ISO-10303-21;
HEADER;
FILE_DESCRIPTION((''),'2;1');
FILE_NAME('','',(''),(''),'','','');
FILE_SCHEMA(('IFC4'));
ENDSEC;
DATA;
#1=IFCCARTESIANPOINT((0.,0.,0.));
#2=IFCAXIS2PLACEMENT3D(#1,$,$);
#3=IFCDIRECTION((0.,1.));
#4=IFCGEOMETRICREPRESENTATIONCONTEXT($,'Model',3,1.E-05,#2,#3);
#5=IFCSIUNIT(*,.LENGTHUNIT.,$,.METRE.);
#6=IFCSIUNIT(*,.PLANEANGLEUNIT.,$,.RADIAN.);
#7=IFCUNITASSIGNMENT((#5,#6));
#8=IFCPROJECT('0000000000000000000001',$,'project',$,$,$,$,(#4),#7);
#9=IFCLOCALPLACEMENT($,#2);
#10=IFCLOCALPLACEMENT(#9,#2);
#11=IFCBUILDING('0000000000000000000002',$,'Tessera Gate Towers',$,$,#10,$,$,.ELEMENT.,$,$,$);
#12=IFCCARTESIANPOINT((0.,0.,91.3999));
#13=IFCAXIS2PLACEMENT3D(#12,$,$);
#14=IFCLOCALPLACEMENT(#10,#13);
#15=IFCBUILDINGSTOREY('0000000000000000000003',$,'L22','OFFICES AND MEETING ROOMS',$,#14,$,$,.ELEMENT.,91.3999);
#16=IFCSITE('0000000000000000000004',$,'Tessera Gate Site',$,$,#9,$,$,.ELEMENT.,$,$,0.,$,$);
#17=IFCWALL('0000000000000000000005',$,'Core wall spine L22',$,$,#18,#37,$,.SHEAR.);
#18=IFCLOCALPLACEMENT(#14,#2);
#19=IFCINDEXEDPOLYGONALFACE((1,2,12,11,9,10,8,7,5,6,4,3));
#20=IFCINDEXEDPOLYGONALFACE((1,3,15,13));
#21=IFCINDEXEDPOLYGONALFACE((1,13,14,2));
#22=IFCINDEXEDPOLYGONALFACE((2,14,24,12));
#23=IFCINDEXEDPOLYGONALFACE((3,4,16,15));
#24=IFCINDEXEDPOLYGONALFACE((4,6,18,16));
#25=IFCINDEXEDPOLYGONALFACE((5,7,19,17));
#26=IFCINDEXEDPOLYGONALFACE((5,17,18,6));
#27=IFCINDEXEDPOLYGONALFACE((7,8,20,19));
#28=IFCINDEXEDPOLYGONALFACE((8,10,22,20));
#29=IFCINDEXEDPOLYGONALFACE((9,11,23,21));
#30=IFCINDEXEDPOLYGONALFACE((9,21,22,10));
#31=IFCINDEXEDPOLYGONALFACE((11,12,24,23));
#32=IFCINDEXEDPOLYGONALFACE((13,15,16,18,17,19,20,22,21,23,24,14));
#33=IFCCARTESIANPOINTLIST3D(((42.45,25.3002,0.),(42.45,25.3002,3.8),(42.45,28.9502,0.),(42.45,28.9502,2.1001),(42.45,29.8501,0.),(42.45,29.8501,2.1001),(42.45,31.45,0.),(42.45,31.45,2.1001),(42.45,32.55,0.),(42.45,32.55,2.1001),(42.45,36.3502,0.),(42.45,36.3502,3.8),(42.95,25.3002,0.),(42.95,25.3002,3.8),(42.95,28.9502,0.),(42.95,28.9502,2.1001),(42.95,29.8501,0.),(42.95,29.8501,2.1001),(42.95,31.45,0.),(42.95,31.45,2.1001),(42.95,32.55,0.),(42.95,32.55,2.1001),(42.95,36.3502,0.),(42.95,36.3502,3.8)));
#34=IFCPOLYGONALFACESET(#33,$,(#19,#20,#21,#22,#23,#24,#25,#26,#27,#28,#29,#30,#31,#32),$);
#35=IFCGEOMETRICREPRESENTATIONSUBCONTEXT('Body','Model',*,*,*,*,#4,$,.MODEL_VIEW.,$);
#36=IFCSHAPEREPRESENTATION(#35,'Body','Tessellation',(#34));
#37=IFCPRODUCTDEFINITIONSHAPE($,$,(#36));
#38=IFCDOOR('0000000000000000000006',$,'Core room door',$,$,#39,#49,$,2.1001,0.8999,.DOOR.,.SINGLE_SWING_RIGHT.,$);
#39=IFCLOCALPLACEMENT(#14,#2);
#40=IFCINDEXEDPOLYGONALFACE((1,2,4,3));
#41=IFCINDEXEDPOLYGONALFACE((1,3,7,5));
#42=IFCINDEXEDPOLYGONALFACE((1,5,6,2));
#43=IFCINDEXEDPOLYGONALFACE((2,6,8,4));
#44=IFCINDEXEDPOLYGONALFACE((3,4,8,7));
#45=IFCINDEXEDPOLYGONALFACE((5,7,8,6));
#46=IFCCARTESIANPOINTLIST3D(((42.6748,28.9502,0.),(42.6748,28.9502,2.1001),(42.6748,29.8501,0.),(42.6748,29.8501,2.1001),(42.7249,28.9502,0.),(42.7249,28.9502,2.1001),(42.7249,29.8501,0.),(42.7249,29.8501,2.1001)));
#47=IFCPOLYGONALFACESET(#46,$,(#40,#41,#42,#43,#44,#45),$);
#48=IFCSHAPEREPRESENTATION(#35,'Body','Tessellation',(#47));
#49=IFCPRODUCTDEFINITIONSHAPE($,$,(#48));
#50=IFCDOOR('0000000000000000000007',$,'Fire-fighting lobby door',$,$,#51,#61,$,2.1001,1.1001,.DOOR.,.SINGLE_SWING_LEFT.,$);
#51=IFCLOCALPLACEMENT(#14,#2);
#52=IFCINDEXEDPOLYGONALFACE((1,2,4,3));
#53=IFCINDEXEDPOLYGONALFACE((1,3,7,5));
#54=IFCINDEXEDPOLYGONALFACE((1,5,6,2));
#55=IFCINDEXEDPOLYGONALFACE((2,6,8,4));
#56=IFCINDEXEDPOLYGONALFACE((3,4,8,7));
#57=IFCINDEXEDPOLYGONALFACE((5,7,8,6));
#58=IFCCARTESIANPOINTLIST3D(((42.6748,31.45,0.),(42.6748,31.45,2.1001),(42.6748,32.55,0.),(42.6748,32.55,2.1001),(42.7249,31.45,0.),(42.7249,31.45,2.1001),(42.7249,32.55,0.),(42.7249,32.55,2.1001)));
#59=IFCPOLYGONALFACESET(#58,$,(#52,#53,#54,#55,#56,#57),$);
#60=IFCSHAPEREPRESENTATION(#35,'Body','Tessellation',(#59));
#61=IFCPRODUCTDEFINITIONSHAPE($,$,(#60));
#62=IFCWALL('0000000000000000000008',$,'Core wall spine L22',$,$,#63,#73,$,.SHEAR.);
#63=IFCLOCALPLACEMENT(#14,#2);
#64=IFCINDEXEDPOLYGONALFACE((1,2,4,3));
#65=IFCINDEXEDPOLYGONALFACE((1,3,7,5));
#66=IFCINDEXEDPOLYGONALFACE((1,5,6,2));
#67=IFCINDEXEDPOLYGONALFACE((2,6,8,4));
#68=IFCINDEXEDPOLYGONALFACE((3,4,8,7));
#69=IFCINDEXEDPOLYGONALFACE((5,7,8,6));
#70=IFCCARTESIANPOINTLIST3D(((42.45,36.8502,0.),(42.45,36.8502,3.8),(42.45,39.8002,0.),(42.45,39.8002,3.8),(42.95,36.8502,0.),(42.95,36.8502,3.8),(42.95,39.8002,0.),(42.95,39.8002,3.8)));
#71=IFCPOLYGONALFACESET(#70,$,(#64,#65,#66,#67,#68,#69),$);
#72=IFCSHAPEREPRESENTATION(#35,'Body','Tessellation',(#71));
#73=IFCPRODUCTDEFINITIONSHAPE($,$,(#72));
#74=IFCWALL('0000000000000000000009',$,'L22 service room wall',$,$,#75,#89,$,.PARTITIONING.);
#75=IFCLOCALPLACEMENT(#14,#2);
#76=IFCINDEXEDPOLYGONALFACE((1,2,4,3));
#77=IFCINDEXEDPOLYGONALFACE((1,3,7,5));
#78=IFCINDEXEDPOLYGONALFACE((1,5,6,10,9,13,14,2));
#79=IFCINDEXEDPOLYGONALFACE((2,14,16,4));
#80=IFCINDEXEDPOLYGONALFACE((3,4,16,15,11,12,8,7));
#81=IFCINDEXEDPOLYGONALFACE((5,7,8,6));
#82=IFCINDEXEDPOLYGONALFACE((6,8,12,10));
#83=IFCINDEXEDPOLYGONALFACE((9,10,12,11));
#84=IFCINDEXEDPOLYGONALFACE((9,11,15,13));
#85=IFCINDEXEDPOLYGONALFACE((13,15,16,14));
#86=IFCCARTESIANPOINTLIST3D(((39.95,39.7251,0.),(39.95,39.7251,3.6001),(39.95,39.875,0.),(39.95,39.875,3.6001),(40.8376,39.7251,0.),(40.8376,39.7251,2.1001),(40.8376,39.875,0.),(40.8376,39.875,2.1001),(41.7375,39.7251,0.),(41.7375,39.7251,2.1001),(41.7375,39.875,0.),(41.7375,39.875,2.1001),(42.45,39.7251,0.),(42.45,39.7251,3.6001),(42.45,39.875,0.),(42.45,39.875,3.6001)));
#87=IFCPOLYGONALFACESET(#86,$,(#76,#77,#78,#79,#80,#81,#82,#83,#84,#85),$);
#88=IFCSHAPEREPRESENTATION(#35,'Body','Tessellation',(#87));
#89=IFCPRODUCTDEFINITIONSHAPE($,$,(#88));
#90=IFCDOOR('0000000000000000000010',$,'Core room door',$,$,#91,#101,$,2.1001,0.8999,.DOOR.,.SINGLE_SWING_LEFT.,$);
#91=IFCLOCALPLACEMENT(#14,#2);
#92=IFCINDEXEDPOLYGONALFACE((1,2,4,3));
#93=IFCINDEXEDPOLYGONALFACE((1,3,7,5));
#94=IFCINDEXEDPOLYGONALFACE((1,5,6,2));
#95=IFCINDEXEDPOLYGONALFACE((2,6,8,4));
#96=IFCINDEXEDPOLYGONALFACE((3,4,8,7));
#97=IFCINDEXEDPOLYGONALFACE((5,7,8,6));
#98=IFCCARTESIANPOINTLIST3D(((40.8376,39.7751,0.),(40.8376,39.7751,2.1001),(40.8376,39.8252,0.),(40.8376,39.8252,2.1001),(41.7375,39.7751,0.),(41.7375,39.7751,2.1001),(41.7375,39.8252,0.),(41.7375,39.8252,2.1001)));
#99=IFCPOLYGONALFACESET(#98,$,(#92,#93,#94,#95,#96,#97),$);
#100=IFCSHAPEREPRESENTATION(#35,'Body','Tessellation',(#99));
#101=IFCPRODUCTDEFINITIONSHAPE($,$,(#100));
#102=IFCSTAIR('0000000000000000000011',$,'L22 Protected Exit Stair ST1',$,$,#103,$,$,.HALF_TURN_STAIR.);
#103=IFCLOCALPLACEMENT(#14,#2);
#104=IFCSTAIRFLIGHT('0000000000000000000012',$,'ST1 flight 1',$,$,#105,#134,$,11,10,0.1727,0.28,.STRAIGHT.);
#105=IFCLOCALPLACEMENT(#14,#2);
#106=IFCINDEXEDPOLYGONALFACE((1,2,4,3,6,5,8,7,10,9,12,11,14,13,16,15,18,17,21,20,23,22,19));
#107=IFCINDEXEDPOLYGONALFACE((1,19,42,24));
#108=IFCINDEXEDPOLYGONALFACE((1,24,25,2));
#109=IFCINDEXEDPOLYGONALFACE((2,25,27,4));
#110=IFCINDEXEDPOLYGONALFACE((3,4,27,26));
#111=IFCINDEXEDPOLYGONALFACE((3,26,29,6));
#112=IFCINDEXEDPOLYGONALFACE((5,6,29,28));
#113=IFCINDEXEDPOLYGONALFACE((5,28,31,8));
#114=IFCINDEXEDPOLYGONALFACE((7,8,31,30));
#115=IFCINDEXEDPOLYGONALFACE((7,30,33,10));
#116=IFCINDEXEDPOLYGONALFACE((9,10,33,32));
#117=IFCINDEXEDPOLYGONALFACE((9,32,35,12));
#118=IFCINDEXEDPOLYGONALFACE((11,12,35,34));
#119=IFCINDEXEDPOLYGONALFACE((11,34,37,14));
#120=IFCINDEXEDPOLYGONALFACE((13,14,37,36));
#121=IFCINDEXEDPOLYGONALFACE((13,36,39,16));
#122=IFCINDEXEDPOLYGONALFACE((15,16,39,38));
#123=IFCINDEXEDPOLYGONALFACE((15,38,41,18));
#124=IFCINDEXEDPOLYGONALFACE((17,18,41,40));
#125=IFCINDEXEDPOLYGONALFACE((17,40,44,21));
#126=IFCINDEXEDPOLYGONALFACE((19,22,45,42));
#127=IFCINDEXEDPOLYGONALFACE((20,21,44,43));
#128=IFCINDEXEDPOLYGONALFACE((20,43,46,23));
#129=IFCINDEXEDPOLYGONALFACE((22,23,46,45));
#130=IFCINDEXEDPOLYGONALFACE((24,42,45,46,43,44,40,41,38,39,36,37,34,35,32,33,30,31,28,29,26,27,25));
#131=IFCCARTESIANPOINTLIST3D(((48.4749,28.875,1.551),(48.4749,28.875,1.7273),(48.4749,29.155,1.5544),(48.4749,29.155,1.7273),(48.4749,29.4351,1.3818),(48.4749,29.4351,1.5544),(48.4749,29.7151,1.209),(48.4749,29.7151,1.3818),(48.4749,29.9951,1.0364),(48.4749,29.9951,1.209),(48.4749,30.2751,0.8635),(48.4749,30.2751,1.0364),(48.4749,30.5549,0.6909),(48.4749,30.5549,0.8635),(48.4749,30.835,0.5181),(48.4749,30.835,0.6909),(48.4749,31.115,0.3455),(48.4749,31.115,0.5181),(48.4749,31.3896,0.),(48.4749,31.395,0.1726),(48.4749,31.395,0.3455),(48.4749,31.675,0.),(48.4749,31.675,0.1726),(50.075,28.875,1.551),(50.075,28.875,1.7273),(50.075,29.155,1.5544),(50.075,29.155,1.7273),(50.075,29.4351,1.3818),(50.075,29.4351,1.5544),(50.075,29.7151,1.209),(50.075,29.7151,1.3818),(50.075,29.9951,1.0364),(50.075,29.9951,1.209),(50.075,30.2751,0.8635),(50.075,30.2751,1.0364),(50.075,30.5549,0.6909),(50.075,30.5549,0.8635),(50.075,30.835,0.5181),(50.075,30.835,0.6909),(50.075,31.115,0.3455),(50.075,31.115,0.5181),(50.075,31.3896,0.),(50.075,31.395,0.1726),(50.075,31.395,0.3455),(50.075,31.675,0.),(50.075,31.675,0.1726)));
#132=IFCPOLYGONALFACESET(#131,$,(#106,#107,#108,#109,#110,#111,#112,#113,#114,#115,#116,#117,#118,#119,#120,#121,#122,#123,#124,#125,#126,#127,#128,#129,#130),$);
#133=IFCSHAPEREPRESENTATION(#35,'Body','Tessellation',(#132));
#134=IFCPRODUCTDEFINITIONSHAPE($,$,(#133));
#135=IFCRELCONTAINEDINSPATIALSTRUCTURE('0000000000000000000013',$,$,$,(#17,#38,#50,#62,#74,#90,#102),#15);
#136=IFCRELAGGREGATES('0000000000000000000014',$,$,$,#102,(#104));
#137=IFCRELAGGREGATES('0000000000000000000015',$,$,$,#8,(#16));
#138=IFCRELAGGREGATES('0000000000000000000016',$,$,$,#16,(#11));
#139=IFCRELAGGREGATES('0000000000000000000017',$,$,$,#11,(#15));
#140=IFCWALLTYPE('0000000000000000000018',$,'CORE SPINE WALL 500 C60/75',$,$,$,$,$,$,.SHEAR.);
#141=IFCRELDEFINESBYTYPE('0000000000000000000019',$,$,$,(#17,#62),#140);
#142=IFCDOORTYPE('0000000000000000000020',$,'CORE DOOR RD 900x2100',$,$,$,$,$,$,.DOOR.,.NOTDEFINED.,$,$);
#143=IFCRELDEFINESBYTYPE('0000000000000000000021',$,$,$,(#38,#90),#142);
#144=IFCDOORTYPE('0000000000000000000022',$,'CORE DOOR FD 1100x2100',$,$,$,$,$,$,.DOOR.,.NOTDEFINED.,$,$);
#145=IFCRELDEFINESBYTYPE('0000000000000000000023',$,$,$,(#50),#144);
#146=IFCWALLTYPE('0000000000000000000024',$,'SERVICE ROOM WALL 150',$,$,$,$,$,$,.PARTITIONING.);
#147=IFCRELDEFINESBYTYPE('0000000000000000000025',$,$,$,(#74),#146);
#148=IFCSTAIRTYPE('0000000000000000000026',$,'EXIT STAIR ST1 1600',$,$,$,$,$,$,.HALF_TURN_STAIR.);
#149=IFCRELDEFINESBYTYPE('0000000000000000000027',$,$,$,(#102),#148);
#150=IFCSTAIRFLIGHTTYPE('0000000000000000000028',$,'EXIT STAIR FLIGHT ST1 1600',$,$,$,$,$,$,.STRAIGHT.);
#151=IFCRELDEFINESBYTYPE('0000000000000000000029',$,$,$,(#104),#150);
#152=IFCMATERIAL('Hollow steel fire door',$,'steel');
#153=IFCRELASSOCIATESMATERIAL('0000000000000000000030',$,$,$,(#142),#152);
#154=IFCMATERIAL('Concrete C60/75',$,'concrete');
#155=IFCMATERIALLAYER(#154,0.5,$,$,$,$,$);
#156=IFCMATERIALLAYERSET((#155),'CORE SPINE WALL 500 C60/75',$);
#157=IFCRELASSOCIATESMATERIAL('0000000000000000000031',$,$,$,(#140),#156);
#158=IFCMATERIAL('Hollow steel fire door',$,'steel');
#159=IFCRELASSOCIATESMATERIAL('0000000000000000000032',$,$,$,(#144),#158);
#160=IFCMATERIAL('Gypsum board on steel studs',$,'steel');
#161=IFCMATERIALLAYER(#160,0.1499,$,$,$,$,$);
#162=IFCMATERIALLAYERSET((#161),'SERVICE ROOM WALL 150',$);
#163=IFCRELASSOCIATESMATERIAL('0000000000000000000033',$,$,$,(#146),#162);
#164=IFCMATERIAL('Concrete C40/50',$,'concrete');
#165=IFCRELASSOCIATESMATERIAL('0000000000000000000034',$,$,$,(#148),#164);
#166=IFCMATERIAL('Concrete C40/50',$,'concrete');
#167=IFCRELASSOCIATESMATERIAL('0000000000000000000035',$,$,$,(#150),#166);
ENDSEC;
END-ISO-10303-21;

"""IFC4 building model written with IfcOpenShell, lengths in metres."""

from ifc_helpers import new_model, si_unit, direction, frame, frame_2d, origin, place, context, subcontext, project, spatial, polyline, rectangle, outline, extrude, source, transform, mapped, material, layer, layer_set, type_object, element, fill, aggregate, save


model = new_model("IFC4")

# Units and contexts
model_context = context("Model", 3, precision=1e-05, world=origin(), true_north=direction((0.0, 1.0)))
body_context = subcontext(model_context, "Body", "Model", "MODEL_VIEW")
ifc_project = project(units=[si_unit("LENGTHUNIT", "METRE"), si_unit("PLANEANGLEUNIT", "RADIAN")], contexts=[model_context])

# Site, building, storey
site_placement = place(None, origin())
site = spatial("IfcSite", under=ifc_project, at=site_placement, Name="Tessera Gate Site", CompositionType="ELEMENT", RefElevation=0.0)
building_placement = place(site_placement, origin())
building = spatial("IfcBuilding", under=site, at=building_placement, Name="Tessera Gate Towers", CompositionType="ELEMENT")
storey_placement = place(building_placement, frame((0.0, 0.0, 91.3999)))
storey = spatial("IfcBuildingStorey", under=building, at=storey_placement, Name="L22", Description="OFFICES AND MEETING ROOMS", CompositionType="ELEMENT", Elevation=91.3999)

# Shared definitions
shared_shape_1 = source(origin(), body_context, "Body", "SweptSolid", [
    extrude(rectangle(XDim=1.1001, YDim=2.1001, at=frame_2d((0.55, 1.05))), frame((0.0, 0.0249, 0.0), z_axis=(0.0, -1.0, 0.0), x_axis=(1.0, 0.0, 0.0)), (0.0, 0.0, 1.0), 0.05),
])

# Shared definitions
ifc_material_1 = material(Name="Hollow steel fire door", Category="steel")
door_type_1 = type_object("IfcDoorType", Name="CORE DOOR RD 900x2100", OperationType="NOTDEFINED", PredefinedType="DOOR", material=ifc_material_1)
shared_shape_2 = source(origin(), body_context, "Body", "SweptSolid", [
    extrude(rectangle(XDim=0.8999, YDim=2.1001, at=frame_2d((0.45, 1.05))), frame((0.0, 0.0249, 0.0), z_axis=(0.0, -1.0, 0.0), x_axis=(1.0, 0.0, 0.0)), (0.0, 0.0, 1.0), 0.05),
])

# Wall, openings, doors
ifc_material_2 = material(Name="Concrete C60/75", Category="concrete")
ifc_layer_1 = layer(ifc_material_2, 0.5)
ifc_layer_set_1 = layer_set([ifc_layer_1], Name="CORE SPINE WALL 500 C60/75")
wall_type_1 = type_object("IfcWallType", Name="CORE SPINE WALL 500 C60/75", PredefinedType="SHEAR", material=ifc_layer_set_1)
wall_1_placement = place(storey_placement, frame((42.7, 36.3501, 0.0), z_axis=(0.0, 0.0, 1.0), x_axis=(0.0, -1.0, 0.0)))
wall_1 = element("IfcWall", 1, at=wall_1_placement, inside=storey, type_object=wall_type_1, Name="Core wall spine L22", PredefinedType="SHEAR", context=body_context, shape_type="SweptSolid", body=[
    extrude(rectangle(XDim=11.05, YDim=0.5, at=frame_2d((5.5249, 0.0))), origin(), (0.0, 0.0, 1.0), 3.8),
])
shared_shape_3 = source(origin(), body_context, "Body", "SweptSolid", [
    extrude(rectangle(XDim=0.8999, YDim=2.1001, at=frame_2d((0.45, 1.05))), frame((0.0, 0.26, 0.0), z_axis=(0.0, -1.0, 0.0), x_axis=(1.0, 0.0, 0.0)), (0.0, 0.0, 1.0), 0.52),
])
opening_1_placement = place(wall_1_placement, frame((6.5, 0.0, 0.0)))
opening_1 = element("IfcOpeningElement", 2, at=opening_1_placement, cuts=wall_1, PredefinedType="OPENING", context=body_context, shape_type="MappedRepresentation", body=[
    mapped(shared_shape_3, transform((0.0, 0.0, 0.0), scale=1.0)),
])
shared_shape_4 = source(origin(), body_context, "Body", "SweptSolid", [
    extrude(rectangle(XDim=1.1001, YDim=2.1001, at=frame_2d((0.55, 1.05))), frame((0.0, 0.26, 0.0), z_axis=(0.0, -1.0, 0.0), x_axis=(1.0, 0.0, 0.0)), (0.0, 0.0, 1.0), 0.52),
])
opening_2_placement = place(wall_1_placement, frame((3.8, 0.0, 0.0)))
opening_2 = element("IfcOpeningElement", 3, at=opening_2_placement, cuts=wall_1, PredefinedType="OPENING", context=body_context, shape_type="MappedRepresentation", body=[
    mapped(shared_shape_4, transform((0.0, 0.0, 0.0), scale=1.0)),
])
door_1_placement = place(opening_1_placement, origin())
door_1 = element("IfcDoor", 4, at=door_1_placement, inside=storey, type_object=door_type_1, Name="Core room door", OperationType="SINGLE_SWING_RIGHT", OverallHeight=2.1001, OverallWidth=0.8999, PredefinedType="DOOR", context=body_context, shape_type="MappedRepresentation", body=[
    mapped(shared_shape_2, transform((0.0, 0.0, 0.0), scale=1.0)),
])
fill(opening_1, door_1)
ifc_material_3 = material(Name="Hollow steel fire door", Category="steel")
door_type_2 = type_object("IfcDoorType", Name="CORE DOOR FD 1100x2100", OperationType="NOTDEFINED", PredefinedType="DOOR", material=ifc_material_3)
door_2_placement = place(opening_2_placement, origin())
door_2 = element("IfcDoor", 5, at=door_2_placement, inside=storey, type_object=door_type_2, Name="Fire-fighting lobby door", OperationType="SINGLE_SWING_LEFT", OverallHeight=2.1001, OverallWidth=1.1001, PredefinedType="DOOR", context=body_context, shape_type="MappedRepresentation", body=[
    mapped(shared_shape_1, transform((0.0, 0.0, 0.0), scale=1.0)),
])
fill(opening_2, door_2)

# Wall
wall_2_placement = place(storey_placement, frame((42.7, 36.8501, 0.0), z_axis=(0.0, 0.0, 1.0), x_axis=(0.0, 1.0, 0.0)))
element("IfcWall", 6, at=wall_2_placement, inside=storey, type_object=wall_type_1, Name="Core wall spine L22", PredefinedType="SHEAR", context=body_context, shape_type="SweptSolid", body=[
    extrude(rectangle(XDim=2.95, YDim=0.5, at=frame_2d((1.4751, 0.0))), origin(), (0.0, 0.0, 1.0), 3.8),
])

# Wall, opening, door
ifc_material_4 = material(Name="Gypsum board on steel studs", Category="steel")
ifc_layer_2 = layer(ifc_material_4, 0.1499)
ifc_layer_set_2 = layer_set([ifc_layer_2], Name="SERVICE ROOM WALL 150")
wall_type_2 = type_object("IfcWallType", Name="SERVICE ROOM WALL 150", PredefinedType="PARTITIONING", material=ifc_layer_set_2)
wall_3_placement = place(storey_placement, frame((42.45, 39.8, 0.0), z_axis=(0.0, 0.0, 1.0), x_axis=(-1.0, 0.0, 0.0)))
wall_3 = element("IfcWall", 7, at=wall_3_placement, inside=storey, type_object=wall_type_2, Name="L22 service room wall", PredefinedType="PARTITIONING", context=body_context, shape_type="SweptSolid", body=[
    extrude(rectangle(XDim=2.5, YDim=0.1499, at=frame_2d((1.25, 0.0))), origin(), (0.0, 0.0, 1.0), 3.6001),
])
shared_shape_5 = source(origin(), body_context, "Body", "SweptSolid", [
    extrude(rectangle(XDim=0.8999, YDim=2.1001, at=frame_2d((0.45, 1.05))), frame((0.0, 0.085, 0.0), z_axis=(0.0, -1.0, 0.0), x_axis=(1.0, 0.0, 0.0)), (0.0, 0.0, 1.0), 0.1699),
])
opening_3_placement = place(wall_3_placement, frame((0.7124, 0.0, 0.0)))
opening_3 = element("IfcOpeningElement", 8, at=opening_3_placement, cuts=wall_3, PredefinedType="OPENING", context=body_context, shape_type="MappedRepresentation", body=[
    mapped(shared_shape_5, transform((0.0, 0.0, 0.0), scale=1.0)),
])
door_3_placement = place(opening_3_placement, origin())
door_3 = element("IfcDoor", 9, at=door_3_placement, inside=storey, type_object=door_type_1, Name="Core room door", OperationType="SINGLE_SWING_LEFT", OverallHeight=2.1001, OverallWidth=0.8999, PredefinedType="DOOR", context=body_context, shape_type="MappedRepresentation", body=[
    mapped(shared_shape_2, transform((0.0, 0.0, 0.0), scale=1.0)),
])
fill(opening_3, door_3)

# Stair, stair flight
ifc_material_5 = material(Name="Concrete C40/50", Category="concrete")
stair_type = type_object("IfcStairType", Name="EXIT STAIR ST1 1600", PredefinedType="HALF_TURN_STAIR", material=ifc_material_5)
stair_placement = place(storey_placement, origin())
stair = element("IfcStair", 10, at=stair_placement, inside=storey, type_object=stair_type, Name="L22 Protected Exit Stair ST1", PredefinedType="HALF_TURN_STAIR")
ifc_material_6 = material(Name="Concrete C40/50", Category="concrete")
stair_flight_type = type_object("IfcStairFlightType", Name="EXIT STAIR FLIGHT ST1 1600", PredefinedType="STRAIGHT", material=ifc_material_6)
stair_flight_placement = place(storey_placement, frame((49.2749, 31.675, 0.0), z_axis=(0.0, 0.0, 1.0), x_axis=(0.0, -1.0, 0.0)))
stair_flight = element("IfcStairFlight", 11, at=stair_flight_placement, type_object=stair_flight_type, Name="ST1 flight 1", NumberOfRisers=11, NumberOfTreads=10, PredefinedType="STRAIGHT", RiserHeight=0.1727, TreadLength=0.28, context=body_context, shape_type="SweptSolid", body=[
    extrude(outline(polyline([(0.0, 0.0), (0.0, 0.1726), (0.28, 0.1726), (0.28, 0.3455), (0.5601, 0.3455), (0.5601, 0.5181), (0.8401, 0.5181), (0.8401, 0.6909), (1.1201, 0.6909), (1.1201, 0.8635), (1.3999, 0.8635), (1.3999, 1.0364), (1.6799, 1.0364), (1.6799, 1.209), (1.96, 1.209), (1.96, 1.3818), (2.24, 1.3818), (2.24, 1.5544), (2.52, 1.5544), (2.52, 1.7273), (2.8, 1.7273), (2.8, 1.8999), (2.8, 1.551), (0.2854, 0.0), (0.0, 0.0)])), frame((0.0, 0.8, 0.0), z_axis=(0.0, -1.0, 0.0), x_axis=(1.0, 0.0, 0.0)), (0.0, 0.0, 1.0), 1.6001),
])
aggregate(stair, [stair_flight])

save(model, "model.ifc")
